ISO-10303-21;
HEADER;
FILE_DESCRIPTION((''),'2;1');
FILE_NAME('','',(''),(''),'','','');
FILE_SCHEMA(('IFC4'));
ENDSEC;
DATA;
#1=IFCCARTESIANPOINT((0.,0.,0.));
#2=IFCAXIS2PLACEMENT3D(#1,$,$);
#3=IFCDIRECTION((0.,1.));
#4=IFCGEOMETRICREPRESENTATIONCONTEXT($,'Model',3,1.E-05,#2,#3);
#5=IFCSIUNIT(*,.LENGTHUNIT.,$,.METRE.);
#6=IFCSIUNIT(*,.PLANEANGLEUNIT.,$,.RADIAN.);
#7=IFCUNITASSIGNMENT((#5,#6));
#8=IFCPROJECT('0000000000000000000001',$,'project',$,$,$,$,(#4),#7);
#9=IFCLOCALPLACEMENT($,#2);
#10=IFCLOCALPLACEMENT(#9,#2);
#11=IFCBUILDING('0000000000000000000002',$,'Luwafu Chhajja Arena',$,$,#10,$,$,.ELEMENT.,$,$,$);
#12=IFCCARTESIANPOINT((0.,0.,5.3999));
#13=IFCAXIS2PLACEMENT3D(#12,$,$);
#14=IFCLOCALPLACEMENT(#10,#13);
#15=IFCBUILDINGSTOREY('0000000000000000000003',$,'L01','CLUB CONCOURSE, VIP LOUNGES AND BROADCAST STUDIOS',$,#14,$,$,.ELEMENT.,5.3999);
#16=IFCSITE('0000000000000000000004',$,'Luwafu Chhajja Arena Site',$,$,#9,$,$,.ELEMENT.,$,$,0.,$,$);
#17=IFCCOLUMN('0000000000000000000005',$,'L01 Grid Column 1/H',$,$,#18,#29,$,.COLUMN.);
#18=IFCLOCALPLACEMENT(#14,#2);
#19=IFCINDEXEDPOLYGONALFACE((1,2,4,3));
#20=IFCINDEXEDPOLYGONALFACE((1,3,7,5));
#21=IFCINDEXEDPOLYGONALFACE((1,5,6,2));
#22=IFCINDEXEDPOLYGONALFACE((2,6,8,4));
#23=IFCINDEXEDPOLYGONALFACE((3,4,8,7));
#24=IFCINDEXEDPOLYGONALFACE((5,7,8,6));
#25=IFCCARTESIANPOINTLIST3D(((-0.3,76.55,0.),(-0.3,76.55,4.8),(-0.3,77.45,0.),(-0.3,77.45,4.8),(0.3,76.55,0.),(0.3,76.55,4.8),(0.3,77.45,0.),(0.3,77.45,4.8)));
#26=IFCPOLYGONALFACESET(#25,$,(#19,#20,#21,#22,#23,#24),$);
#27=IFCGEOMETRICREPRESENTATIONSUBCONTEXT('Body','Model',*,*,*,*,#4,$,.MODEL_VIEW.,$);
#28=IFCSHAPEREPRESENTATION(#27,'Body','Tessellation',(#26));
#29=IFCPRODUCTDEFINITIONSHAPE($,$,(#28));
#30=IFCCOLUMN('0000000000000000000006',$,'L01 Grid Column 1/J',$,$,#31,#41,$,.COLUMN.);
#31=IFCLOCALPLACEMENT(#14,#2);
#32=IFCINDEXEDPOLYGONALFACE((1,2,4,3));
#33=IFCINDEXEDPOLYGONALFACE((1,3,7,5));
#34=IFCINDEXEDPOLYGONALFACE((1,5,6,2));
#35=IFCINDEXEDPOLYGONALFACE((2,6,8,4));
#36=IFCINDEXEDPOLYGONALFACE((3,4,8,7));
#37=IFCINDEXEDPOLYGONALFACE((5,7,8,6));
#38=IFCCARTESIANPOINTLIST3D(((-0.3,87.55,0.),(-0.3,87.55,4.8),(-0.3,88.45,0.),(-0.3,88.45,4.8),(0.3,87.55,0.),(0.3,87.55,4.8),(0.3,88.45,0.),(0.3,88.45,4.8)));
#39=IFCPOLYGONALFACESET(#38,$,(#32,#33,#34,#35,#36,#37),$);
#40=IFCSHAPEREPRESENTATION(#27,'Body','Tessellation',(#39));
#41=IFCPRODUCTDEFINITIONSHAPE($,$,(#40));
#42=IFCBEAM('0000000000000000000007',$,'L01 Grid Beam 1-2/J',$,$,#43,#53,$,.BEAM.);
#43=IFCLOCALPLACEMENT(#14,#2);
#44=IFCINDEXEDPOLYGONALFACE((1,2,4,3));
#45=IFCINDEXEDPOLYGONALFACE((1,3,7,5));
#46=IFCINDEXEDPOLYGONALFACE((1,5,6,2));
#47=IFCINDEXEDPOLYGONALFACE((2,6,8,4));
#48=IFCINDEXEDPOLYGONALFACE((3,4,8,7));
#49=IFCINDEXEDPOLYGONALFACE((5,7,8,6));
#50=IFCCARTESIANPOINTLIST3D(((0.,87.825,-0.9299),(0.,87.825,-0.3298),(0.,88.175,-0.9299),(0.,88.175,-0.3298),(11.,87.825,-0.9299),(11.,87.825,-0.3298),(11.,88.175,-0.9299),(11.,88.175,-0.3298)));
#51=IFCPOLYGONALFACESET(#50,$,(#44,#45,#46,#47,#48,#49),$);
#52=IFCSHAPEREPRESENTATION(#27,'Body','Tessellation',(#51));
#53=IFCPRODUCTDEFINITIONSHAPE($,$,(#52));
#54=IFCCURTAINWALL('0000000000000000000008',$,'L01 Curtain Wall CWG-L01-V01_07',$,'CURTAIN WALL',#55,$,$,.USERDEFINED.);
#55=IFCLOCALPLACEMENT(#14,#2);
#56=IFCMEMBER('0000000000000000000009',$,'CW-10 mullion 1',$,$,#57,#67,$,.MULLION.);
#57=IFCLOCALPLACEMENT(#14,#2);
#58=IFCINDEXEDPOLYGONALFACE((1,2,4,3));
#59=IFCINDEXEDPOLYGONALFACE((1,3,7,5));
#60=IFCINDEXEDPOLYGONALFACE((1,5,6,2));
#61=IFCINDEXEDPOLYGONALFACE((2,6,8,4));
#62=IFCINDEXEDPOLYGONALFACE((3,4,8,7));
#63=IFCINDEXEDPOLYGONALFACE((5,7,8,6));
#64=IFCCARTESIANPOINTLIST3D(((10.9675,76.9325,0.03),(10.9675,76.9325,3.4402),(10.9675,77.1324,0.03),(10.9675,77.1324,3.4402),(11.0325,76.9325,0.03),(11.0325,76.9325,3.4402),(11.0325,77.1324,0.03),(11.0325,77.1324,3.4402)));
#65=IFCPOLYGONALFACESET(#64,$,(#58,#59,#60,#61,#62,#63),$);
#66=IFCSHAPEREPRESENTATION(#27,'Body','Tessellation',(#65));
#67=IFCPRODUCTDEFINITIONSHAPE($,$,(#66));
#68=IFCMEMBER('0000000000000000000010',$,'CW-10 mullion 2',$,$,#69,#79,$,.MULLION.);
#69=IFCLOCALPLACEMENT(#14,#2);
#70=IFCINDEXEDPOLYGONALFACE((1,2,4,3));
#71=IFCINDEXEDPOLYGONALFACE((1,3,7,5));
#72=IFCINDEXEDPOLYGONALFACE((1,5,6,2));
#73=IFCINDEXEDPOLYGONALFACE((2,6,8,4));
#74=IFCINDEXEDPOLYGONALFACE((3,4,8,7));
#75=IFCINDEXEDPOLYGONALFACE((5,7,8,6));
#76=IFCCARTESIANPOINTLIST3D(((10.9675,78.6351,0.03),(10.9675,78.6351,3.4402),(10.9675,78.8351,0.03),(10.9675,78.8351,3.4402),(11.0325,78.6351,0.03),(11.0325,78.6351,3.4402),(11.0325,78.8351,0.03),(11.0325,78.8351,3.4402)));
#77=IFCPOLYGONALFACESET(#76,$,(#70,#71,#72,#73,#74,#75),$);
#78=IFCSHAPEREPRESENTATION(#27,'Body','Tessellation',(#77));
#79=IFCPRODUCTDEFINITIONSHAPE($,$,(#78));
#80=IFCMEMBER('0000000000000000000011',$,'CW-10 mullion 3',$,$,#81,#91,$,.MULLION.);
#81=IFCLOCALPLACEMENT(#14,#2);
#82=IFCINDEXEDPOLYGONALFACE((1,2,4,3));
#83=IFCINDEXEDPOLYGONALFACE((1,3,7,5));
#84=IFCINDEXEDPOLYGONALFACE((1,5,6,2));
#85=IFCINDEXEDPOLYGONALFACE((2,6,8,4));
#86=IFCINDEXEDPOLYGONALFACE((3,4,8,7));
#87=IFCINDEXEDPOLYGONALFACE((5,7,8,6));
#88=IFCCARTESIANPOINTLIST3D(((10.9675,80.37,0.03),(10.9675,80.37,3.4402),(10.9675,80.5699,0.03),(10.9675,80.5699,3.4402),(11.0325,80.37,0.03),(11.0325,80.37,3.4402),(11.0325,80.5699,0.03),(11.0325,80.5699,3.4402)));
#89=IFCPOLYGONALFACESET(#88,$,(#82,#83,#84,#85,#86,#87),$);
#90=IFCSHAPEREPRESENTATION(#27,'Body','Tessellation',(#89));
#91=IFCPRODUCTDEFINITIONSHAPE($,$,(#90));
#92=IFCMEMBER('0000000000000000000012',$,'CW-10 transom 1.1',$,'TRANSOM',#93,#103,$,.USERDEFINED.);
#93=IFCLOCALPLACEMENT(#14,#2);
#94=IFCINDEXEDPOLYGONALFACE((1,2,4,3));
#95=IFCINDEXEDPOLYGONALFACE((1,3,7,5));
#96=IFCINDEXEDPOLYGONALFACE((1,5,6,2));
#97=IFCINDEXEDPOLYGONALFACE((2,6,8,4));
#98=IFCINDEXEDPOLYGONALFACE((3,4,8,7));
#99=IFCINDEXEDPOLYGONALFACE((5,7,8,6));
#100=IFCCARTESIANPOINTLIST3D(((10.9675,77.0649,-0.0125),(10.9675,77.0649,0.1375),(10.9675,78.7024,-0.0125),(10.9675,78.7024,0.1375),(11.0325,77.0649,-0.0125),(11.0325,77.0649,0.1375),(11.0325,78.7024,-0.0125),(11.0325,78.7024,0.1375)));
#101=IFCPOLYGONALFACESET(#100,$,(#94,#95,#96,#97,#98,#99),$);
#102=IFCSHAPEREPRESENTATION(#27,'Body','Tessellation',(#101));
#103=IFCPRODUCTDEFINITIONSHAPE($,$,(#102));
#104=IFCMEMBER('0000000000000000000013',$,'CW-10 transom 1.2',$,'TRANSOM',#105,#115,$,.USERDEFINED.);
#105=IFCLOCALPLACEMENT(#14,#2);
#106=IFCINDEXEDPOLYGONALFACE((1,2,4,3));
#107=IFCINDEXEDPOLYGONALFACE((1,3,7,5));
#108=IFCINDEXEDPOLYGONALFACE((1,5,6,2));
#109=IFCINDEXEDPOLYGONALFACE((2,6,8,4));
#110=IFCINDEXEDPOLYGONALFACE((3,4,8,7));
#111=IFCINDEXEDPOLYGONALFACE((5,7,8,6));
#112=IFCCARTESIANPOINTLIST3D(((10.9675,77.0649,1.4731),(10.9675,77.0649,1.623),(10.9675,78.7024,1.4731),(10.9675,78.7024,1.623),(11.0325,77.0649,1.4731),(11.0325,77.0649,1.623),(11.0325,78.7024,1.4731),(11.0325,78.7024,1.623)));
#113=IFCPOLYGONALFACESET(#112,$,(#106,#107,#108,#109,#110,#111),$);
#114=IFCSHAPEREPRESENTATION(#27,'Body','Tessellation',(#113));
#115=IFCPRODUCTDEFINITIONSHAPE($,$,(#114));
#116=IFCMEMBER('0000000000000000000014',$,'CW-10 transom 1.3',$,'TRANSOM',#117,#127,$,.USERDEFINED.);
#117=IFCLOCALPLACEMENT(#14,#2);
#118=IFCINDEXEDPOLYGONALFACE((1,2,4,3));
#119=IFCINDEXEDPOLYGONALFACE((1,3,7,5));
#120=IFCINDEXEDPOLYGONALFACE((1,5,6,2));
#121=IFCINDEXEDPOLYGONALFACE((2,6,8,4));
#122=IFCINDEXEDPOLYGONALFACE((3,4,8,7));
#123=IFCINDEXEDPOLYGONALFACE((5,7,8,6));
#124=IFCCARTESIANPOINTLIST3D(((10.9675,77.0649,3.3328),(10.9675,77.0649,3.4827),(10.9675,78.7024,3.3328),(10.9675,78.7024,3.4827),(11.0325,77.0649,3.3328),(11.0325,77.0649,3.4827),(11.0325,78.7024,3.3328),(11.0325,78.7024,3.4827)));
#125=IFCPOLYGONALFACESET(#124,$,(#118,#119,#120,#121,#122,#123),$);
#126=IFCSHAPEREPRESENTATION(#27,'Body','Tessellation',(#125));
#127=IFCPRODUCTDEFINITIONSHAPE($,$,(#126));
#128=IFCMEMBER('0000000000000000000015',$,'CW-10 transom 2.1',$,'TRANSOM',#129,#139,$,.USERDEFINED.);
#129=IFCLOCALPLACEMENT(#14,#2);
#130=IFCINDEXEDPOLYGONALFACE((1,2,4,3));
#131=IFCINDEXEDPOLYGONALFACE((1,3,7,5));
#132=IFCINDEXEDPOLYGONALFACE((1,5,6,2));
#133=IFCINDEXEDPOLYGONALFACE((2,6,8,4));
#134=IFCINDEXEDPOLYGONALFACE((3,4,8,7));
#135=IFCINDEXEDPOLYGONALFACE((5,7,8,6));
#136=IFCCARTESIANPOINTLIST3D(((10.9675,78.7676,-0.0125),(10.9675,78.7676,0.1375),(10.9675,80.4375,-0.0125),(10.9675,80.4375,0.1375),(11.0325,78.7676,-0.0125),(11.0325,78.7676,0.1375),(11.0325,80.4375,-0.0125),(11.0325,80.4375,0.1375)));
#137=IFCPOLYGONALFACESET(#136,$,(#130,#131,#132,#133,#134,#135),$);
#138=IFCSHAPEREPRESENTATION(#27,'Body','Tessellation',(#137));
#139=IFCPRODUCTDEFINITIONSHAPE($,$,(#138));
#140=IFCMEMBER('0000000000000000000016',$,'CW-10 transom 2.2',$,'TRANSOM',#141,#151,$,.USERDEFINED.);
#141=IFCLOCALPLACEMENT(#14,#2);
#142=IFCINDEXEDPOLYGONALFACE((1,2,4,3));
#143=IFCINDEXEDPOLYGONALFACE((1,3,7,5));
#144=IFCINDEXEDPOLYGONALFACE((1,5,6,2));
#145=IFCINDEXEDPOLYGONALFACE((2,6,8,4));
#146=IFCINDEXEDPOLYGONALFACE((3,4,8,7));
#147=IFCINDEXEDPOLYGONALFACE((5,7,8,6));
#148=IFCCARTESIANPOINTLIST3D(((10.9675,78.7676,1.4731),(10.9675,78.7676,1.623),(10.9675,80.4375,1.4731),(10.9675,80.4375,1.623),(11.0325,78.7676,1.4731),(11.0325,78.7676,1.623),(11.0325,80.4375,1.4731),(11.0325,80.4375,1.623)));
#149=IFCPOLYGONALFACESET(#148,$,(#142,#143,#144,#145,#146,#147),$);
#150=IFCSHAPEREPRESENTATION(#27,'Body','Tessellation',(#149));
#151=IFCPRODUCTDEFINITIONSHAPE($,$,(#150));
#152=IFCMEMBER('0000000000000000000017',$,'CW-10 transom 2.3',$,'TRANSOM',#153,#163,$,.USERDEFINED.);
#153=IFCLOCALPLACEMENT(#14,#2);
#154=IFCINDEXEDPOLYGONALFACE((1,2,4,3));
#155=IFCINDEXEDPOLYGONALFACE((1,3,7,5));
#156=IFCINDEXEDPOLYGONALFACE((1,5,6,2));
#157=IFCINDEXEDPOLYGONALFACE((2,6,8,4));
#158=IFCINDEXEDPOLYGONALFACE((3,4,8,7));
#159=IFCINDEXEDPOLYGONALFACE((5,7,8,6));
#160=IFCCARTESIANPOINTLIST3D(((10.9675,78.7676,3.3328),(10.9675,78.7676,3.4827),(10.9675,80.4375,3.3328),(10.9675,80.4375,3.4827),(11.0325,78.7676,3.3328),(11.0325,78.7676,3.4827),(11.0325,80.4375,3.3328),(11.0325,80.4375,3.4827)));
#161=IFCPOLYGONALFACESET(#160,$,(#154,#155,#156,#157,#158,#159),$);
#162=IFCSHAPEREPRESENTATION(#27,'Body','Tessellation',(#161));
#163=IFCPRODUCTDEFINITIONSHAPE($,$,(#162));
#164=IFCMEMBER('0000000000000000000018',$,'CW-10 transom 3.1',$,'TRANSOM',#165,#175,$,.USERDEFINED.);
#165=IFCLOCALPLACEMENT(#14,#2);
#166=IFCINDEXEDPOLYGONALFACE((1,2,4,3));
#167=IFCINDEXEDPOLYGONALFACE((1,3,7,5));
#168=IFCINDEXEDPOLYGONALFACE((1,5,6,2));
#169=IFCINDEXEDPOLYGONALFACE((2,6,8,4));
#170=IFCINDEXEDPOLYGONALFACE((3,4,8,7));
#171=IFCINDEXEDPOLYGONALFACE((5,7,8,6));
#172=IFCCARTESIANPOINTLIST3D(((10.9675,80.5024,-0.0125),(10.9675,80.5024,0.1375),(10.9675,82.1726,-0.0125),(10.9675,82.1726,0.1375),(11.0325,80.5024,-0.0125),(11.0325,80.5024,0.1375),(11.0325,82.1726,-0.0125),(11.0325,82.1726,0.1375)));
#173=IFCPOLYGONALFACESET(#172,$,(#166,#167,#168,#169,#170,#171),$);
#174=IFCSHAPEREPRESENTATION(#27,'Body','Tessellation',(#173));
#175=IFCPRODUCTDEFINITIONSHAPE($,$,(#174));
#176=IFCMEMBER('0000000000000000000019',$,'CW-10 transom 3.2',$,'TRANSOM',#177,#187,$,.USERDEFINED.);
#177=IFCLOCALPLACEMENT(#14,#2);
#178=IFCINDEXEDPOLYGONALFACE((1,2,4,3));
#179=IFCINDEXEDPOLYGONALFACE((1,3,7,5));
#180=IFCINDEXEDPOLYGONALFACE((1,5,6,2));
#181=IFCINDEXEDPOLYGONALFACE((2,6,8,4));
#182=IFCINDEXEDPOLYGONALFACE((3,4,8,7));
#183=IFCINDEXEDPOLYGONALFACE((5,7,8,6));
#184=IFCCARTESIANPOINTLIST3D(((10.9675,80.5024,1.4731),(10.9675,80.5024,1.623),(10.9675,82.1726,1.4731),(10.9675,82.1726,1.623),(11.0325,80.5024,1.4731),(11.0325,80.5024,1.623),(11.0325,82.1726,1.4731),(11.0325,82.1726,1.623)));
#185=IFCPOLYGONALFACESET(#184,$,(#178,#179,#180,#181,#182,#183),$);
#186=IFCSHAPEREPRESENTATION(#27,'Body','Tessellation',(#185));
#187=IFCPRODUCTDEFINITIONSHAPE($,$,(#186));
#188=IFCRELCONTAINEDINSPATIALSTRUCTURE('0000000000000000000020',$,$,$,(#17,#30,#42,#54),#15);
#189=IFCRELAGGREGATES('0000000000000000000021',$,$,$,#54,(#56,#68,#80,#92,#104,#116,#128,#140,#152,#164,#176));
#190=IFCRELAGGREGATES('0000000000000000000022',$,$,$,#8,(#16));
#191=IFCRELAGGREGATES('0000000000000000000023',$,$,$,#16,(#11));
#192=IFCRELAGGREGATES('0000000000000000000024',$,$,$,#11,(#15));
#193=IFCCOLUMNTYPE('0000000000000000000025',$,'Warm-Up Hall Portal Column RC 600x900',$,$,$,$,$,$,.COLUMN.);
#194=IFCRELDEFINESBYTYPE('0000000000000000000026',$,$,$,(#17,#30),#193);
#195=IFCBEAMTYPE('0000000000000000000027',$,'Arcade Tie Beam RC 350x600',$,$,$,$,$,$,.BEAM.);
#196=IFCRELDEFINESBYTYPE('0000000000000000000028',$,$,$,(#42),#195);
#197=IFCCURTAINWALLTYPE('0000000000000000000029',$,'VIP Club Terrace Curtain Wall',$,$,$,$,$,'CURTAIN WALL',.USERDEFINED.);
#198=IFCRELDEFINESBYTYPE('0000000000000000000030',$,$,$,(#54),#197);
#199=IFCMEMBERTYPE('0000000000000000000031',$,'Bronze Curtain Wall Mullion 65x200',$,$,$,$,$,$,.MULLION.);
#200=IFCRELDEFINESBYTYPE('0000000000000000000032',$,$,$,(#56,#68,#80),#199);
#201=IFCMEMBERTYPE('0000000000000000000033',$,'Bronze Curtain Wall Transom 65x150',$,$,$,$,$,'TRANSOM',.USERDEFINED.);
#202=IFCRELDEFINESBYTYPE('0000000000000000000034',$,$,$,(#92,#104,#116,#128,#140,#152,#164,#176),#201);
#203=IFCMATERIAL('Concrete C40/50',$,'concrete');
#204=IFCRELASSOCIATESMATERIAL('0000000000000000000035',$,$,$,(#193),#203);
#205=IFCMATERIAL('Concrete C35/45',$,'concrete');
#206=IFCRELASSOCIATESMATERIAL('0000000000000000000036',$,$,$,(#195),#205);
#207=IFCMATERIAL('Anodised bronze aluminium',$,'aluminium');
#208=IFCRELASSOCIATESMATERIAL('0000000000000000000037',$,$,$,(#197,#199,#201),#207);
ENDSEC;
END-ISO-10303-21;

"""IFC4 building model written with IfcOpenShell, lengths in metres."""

from ifc_helpers import new_model, si_unit, direction, frame, origin, origin_2d, place, context, subcontext, project, spatial, rectangle, extrude, material, material_profile, profile_set, type_object, element, aggregate, save


model = new_model("IFC4")

# Units and contexts
model_context = context("Model", 3, precision=1e-05, world=origin(), true_north=direction((0.0, 1.0)))
body_context = subcontext(model_context, "Body", "Model", "MODEL_VIEW")
ifc_project = project(units=[si_unit("LENGTHUNIT", "METRE"), si_unit("PLANEANGLEUNIT", "RADIAN")], contexts=[model_context])

# Site, building, storey
site_placement = place(None, origin())
site = spatial("IfcSite", under=ifc_project, at=site_placement, Name="Luwafu Chhajja Arena Site", CompositionType="ELEMENT", RefElevation=0.0)
building_placement = place(site_placement, origin())
building = spatial("IfcBuilding", under=site, at=building_placement, Name="Luwafu Chhajja Arena", CompositionType="ELEMENT")
storey_placement = place(building_placement, frame((0.0, 0.0, 5.3999)))
storey = spatial("IfcBuildingStorey", under=building, at=storey_placement, Name="L01", Description="CLUB CONCOURSE, VIP LOUNGES AND BROADCAST STUDIOS", CompositionType="ELEMENT", Elevation=5.3999)

# Columns
ifc_material_1 = material(Name="Concrete C40/50", Category="concrete")
ifc_material_profile_1 = material_profile(ifc_material_1, rectangle(XDim=0.6001, YDim=0.8999, at=origin_2d()), Name="RC 600x900")
ifc_profile_set_1 = profile_set([ifc_material_profile_1], Name="Concrete C40/50")
column_type = type_object("IfcColumnType", Name="Warm-Up Hall Portal Column RC 600x900", PredefinedType="COLUMN", material=ifc_profile_set_1)
for number, where, z_axis, x_axis, name in (
    (1, (0.0, 77.0, 0.0), (0.0, 0.0, 1.0), (1.0, 0.0, 0.0), "L01 Grid Column 1/H"),
    (2, (0.0, 88.0, 0.0), (0.0, 0.0, 1.0), (1.0, 0.0, 0.0), "L01 Grid Column 1/J"),
):
    element("IfcColumn", number, at=place(storey_placement, frame(where, z_axis=z_axis, x_axis=x_axis)), inside=storey, type_object=column_type, Name=name, PredefinedType="COLUMN", context=body_context, shape_type="SweptSolid", body=[
        extrude(rectangle(XDim=0.6001, YDim=0.8999, at=origin_2d()), origin(), (0.0, 0.0, 1.0), 4.8),
    ])

# Beam
ifc_material_2 = material(Name="Concrete C35/45", Category="concrete")
ifc_material_profile_2 = material_profile(ifc_material_2, rectangle(XDim=0.3501, YDim=0.6001, at=origin_2d()), Name="RC 350x600")
ifc_profile_set_2 = profile_set([ifc_material_profile_2], Name="Concrete C35/45")
beam_type_1 = type_object("IfcBeamType", Name="Arcade Tie Beam RC 350x600", PredefinedType="BEAM", material=ifc_profile_set_2)
beam_1_placement = place(storey_placement, frame((0.0, 88.0, -0.6299), z_axis=(1.0, 0.0, 0.0), x_axis=(0.0, 1.0, 0.0)))
element("IfcBeam", 3, at=beam_1_placement, inside=storey, type_object=beam_type_1, Name="L01 Grid Beam 1-2/J", PredefinedType="BEAM", context=body_context, shape_type="SweptSolid", body=[
    extrude(rectangle(XDim=0.3501, YDim=0.6001, at=origin_2d()), origin(), (0.0, 0.0, 1.0), 11.0),
])

# Curtain wall, members
ifc_material_3 = material(Name="Anodised bronze aluminium", Category="aluminium")
curtain_wall_type = type_object("IfcCurtainWallType", Name="VIP Club Terrace Curtain Wall", ElementType="CURTAIN WALL", PredefinedType="USERDEFINED", material=ifc_material_3)
curtain_wall_placement = place(storey_placement, origin())
curtain_wall = element("IfcCurtainWall", 4, at=curtain_wall_placement, inside=storey, type_object=curtain_wall_type, Name="L01 Curtain Wall CWG-L01-V01_07", ObjectType="CURTAIN WALL", PredefinedType="USERDEFINED")
ifc_material_profile_3 = material_profile(ifc_material_3, rectangle(XDim=0.0649, YDim=0.2, at=origin_2d()), Name="CWM 65x200")
ifc_profile_set_3 = profile_set([ifc_material_profile_3], Name="Anodised bronze aluminium")
member_type_1 = type_object("IfcMemberType", Name="Bronze Curtain Wall Mullion 65x200", PredefinedType="MULLION", material=ifc_profile_set_3)
member_1_placement = place(storey_placement, frame((11.0, 77.0325, 0.03), z_axis=(0.0, 0.0, 1.0), x_axis=(-1.0, 0.0, 0.0)))
member_1 = element("IfcMember", 5, at=member_1_placement, type_object=member_type_1, Name="CW-10 mullion 1", PredefinedType="MULLION", context=body_context, shape_type="SweptSolid", body=[
    extrude(rectangle(XDim=0.0649, YDim=0.2, at=origin_2d()), origin(), (0.0, 0.0, 1.0), 3.4102),
])
member_2_placement = place(storey_placement, frame((11.0, 78.7351, 0.03), z_axis=(0.0, 0.0, 1.0), x_axis=(-1.0, 0.0, 0.0)))
member_2 = element("IfcMember", 6, at=member_2_placement, type_object=member_type_1, Name="CW-10 mullion 2", PredefinedType="MULLION", context=body_context, shape_type="SweptSolid", body=[
    extrude(rectangle(XDim=0.0649, YDim=0.2, at=origin_2d()), origin(), (0.0, 0.0, 1.0), 3.4102),
])
member_3_placement = place(storey_placement, frame((11.0, 80.47, 0.03), z_axis=(0.0, 0.0, 1.0), x_axis=(-1.0, 0.0, 0.0)))
member_3 = element("IfcMember", 7, at=member_3_placement, type_object=member_type_1, Name="CW-10 mullion 3", PredefinedType="MULLION", context=body_context, shape_type="SweptSolid", body=[
    extrude(rectangle(XDim=0.0649, YDim=0.2, at=origin_2d()), origin(), (0.0, 0.0, 1.0), 3.4102),
])
ifc_material_profile_4 = material_profile(ifc_material_3, rectangle(XDim=0.0649, YDim=0.1499, at=origin_2d()), Name="CWT 65x150")
ifc_profile_set_4 = profile_set([ifc_material_profile_4], Name="Anodised bronze aluminium")
member_type_2 = type_object("IfcMemberType", Name="Bronze Curtain Wall Transom 65x150", ElementType="TRANSOM", PredefinedType="USERDEFINED", material=ifc_profile_set_4)
member_4_placement = place(storey_placement, frame((11.0, 77.0649, 0.0625), z_axis=(0.0, 1.0, 0.0), x_axis=(-1.0, 0.0, 0.0)))
member_4 = element("IfcMember", 8, at=member_4_placement, type_object=member_type_2, Name="CW-10 transom 1.1", ObjectType="TRANSOM", PredefinedType="USERDEFINED", context=body_context, shape_type="SweptSolid", body=[
    extrude(rectangle(XDim=0.0649, YDim=0.1499, at=origin_2d()), origin(), (0.0, 0.0, 1.0), 1.6375),
])
member_5_placement = place(storey_placement, frame((11.0, 77.0649, 1.5481), z_axis=(0.0, 1.0, 0.0), x_axis=(-1.0, 0.0, 0.0)))
member_5 = element("IfcMember", 9, at=member_5_placement, type_object=member_type_2, Name="CW-10 transom 1.2", ObjectType="TRANSOM", PredefinedType="USERDEFINED", context=body_context, shape_type="SweptSolid", body=[
    extrude(rectangle(XDim=0.0649, YDim=0.1499, at=origin_2d()), origin(), (0.0, 0.0, 1.0), 1.6375),
])
member_6_placement = place(storey_placement, frame((11.0, 77.0649, 3.4077), z_axis=(0.0, 1.0, 0.0), x_axis=(-1.0, 0.0, 0.0)))
member_6 = element("IfcMember", 10, at=member_6_placement, type_object=member_type_2, Name="CW-10 transom 1.3", ObjectType="TRANSOM", PredefinedType="USERDEFINED", context=body_context, shape_type="SweptSolid", body=[
    extrude(rectangle(XDim=0.0649, YDim=0.1499, at=origin_2d()), origin(), (0.0, 0.0, 1.0), 1.6375),
])
member_7_placement = place(storey_placement, frame((11.0, 78.7676, 0.0625), z_axis=(0.0, 1.0, 0.0), x_axis=(-1.0, 0.0, 0.0)))
member_7 = element("IfcMember", 11, at=member_7_placement, type_object=member_type_2, Name="CW-10 transom 2.1", ObjectType="TRANSOM", PredefinedType="USERDEFINED", context=body_context, shape_type="SweptSolid", body=[
    extrude(rectangle(XDim=0.0649, YDim=0.1499, at=origin_2d()), origin(), (0.0, 0.0, 1.0), 1.6699),
])
member_8_placement = place(storey_placement, frame((11.0, 78.7676, 1.5481), z_axis=(0.0, 1.0, 0.0), x_axis=(-1.0, 0.0, 0.0)))
member_8 = element("IfcMember", 12, at=member_8_placement, type_object=member_type_2, Name="CW-10 transom 2.2", ObjectType="TRANSOM", PredefinedType="USERDEFINED", context=body_context, shape_type="SweptSolid", body=[
    extrude(rectangle(XDim=0.0649, YDim=0.1499, at=origin_2d()), origin(), (0.0, 0.0, 1.0), 1.6699),
])
member_9_placement = place(storey_placement, frame((11.0, 78.7676, 3.4077), z_axis=(0.0, 1.0, 0.0), x_axis=(-1.0, 0.0, 0.0)))
member_9 = element("IfcMember", 13, at=member_9_placement, type_object=member_type_2, Name="CW-10 transom 2.3", ObjectType="TRANSOM", PredefinedType="USERDEFINED", context=body_context, shape_type="SweptSolid", body=[
    extrude(rectangle(XDim=0.0649, YDim=0.1499, at=origin_2d()), origin(), (0.0, 0.0, 1.0), 1.6699),
])
member_10_placement = place(storey_placement, frame((11.0, 80.5024, 0.0625), z_axis=(0.0, 1.0, 0.0), x_axis=(-1.0, 0.0, 0.0)))
member_10 = element("IfcMember", 14, at=member_10_placement, type_object=member_type_2, Name="CW-10 transom 3.1", ObjectType="TRANSOM", PredefinedType="USERDEFINED", context=body_context, shape_type="SweptSolid", body=[
    extrude(rectangle(XDim=0.0649, YDim=0.1499, at=origin_2d()), origin(), (0.0, 0.0, 1.0), 1.6702),
])
member_11_placement = place(storey_placement, frame((11.0, 80.5024, 1.5481), z_axis=(0.0, 1.0, 0.0), x_axis=(-1.0, 0.0, 0.0)))
member_11 = element("IfcMember", 15, at=member_11_placement, type_object=member_type_2, Name="CW-10 transom 3.2", ObjectType="TRANSOM", PredefinedType="USERDEFINED", context=body_context, shape_type="SweptSolid", body=[
    extrude(rectangle(XDim=0.0649, YDim=0.1499, at=origin_2d()), origin(), (0.0, 0.0, 1.0), 1.6702),
])

aggregate(curtain_wall, [member_1, member_2, member_3, member_4, member_5, member_6, member_7, member_8, member_9, member_10, member_11])

save(model, "model.ifc")
